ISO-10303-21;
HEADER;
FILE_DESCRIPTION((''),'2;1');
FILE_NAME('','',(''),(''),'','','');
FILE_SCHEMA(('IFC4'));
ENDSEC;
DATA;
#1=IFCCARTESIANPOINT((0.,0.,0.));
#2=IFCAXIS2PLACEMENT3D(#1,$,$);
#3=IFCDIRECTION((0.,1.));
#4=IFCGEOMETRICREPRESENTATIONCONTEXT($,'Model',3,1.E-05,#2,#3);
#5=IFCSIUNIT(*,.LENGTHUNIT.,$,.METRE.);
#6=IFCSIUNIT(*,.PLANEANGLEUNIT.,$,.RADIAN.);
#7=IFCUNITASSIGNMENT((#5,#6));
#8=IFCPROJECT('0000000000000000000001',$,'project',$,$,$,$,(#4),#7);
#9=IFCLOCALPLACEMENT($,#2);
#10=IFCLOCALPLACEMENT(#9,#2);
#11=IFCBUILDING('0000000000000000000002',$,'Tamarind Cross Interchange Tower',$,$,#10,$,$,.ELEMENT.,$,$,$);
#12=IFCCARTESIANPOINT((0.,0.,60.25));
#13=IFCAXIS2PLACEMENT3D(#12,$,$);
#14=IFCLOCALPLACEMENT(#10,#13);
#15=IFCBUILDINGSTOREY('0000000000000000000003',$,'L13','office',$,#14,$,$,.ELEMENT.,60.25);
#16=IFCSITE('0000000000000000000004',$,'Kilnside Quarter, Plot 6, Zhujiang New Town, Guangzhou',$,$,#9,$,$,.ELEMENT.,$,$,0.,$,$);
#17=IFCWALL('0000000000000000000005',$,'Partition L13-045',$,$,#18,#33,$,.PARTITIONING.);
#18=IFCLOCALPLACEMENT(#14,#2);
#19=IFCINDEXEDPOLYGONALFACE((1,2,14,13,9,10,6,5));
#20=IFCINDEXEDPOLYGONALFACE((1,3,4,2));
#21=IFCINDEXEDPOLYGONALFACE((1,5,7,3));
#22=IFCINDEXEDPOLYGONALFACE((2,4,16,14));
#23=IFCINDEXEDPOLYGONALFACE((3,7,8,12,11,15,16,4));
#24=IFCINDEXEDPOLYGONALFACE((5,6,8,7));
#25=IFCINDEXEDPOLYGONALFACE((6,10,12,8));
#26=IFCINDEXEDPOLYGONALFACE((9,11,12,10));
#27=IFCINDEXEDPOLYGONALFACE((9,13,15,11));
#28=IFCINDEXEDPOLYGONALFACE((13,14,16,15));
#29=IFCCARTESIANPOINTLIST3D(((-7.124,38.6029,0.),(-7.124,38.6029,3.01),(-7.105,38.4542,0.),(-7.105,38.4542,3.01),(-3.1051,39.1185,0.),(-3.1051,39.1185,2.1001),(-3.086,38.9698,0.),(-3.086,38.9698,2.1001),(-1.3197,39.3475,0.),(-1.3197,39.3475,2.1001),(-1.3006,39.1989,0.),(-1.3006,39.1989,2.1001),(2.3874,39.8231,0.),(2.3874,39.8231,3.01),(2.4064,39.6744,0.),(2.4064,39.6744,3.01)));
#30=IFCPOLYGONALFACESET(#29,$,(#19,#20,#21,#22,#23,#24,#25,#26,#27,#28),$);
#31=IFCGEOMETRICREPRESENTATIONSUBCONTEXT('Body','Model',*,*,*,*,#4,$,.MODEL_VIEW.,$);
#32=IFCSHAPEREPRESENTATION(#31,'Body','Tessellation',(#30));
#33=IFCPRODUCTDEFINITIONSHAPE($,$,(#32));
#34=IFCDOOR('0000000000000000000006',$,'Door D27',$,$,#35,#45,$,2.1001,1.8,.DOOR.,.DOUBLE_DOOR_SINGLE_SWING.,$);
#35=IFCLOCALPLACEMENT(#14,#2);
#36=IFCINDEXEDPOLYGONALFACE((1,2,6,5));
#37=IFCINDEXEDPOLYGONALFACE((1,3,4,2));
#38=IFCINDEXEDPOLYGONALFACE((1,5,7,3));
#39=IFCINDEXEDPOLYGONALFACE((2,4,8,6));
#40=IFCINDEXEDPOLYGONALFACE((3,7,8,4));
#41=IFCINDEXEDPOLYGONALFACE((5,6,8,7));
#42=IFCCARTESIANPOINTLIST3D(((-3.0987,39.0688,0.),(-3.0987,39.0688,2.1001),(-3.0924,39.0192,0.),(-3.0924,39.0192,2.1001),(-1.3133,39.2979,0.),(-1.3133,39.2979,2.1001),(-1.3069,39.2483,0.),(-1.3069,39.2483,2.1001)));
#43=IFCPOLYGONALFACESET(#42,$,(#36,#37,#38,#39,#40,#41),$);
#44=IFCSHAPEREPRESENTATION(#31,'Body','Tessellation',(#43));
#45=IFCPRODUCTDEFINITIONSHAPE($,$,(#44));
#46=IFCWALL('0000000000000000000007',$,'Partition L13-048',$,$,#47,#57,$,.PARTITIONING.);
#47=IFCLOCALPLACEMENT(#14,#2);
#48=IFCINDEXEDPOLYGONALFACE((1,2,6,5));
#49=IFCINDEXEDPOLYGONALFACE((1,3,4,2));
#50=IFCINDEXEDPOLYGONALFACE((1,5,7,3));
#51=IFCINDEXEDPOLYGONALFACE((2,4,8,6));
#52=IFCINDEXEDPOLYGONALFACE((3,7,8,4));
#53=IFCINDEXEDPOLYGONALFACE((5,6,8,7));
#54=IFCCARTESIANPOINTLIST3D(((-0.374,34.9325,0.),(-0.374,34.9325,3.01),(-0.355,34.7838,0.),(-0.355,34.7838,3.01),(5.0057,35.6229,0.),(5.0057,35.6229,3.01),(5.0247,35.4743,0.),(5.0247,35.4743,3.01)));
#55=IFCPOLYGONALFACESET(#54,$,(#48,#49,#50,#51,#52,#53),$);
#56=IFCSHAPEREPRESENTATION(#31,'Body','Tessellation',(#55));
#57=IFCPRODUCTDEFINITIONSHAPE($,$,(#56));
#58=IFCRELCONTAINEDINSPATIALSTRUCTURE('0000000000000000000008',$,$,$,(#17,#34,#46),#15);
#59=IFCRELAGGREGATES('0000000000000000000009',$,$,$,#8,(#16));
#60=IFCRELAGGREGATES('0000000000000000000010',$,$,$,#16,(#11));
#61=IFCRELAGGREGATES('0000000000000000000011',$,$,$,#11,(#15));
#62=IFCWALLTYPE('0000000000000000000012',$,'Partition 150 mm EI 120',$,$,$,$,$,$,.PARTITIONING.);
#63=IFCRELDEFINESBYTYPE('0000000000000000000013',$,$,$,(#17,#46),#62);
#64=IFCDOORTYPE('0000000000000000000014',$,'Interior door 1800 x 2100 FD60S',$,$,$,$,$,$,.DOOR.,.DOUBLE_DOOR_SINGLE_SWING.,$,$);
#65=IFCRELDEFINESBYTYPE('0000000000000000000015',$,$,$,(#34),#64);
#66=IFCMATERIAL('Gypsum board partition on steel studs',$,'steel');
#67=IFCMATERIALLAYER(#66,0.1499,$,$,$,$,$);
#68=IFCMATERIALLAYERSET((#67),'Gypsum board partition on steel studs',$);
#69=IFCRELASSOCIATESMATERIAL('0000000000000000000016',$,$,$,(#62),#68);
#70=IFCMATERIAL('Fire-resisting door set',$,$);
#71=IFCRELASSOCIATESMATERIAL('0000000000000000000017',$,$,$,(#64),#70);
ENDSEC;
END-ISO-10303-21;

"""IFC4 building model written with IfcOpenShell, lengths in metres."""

from ifc_helpers import new_model, si_unit, direction, frame, frame_2d, origin, place, context, subcontext, project, spatial, rectangle, extrude, material, layer, layer_set, type_object, element, fill, save


model = new_model("IFC4")

# Units and contexts
model_context = context("Model", 3, precision=1e-05, world=origin(), true_north=direction((0.0, 1.0)))
body_context = subcontext(model_context, "Body", "Model", "MODEL_VIEW")
ifc_project = project(units=[si_unit("LENGTHUNIT", "METRE"), si_unit("PLANEANGLEUNIT", "RADIAN")], contexts=[model_context])

# Site, building, storey
site_placement = place(None, origin())
site = spatial("IfcSite", under=ifc_project, at=site_placement, Name="Kilnside Quarter, Plot 6, Zhujiang New Town, Guangzhou", CompositionType="ELEMENT", RefElevation=0.0)
building_placement = place(site_placement, origin())
building = spatial("IfcBuilding", under=site, at=building_placement, Name="Tamarind Cross Interchange Tower", CompositionType="ELEMENT")
storey_placement = place(building_placement, frame((0.0, 0.0, 60.25)))
storey = spatial("IfcBuildingStorey", under=building, at=storey_placement, Name="L13", Description="office", CompositionType="ELEMENT", Elevation=60.25)

# Shared definitions
ifc_material_1 = material(Name="Gypsum board partition on steel studs", Category="steel")
ifc_layer_1 = layer(ifc_material_1, 0.1499)
ifc_layer_set_1 = layer_set([ifc_layer_1], Name="Gypsum board partition on steel studs")
wall_type_1 = type_object("IfcWallType", Name="Partition 150 mm EI 120", PredefinedType="PARTITIONING", material=ifc_layer_set_1)

# Shared definitions
ifc_material_2 = material(Name="Fire-resisting door set")
door_type_1 = type_object("IfcDoorType", Name="Interior door 1800 x 2100 FD60S", OperationType="DOUBLE_DOOR_SINGLE_SWING", PredefinedType="DOOR", material=ifc_material_2)

# Wall, opening, door
wall_1_placement = place(storey_placement, frame((-7.1145, 38.5286, 0.0), z_axis=(0.0, 0.0, 1.0), x_axis=(0.991871, 0.127246, 0.0)))
wall_1 = element("IfcWall", 1, at=wall_1_placement, inside=storey, type_object=wall_type_1, Name="Partition L13-045", PredefinedType="PARTITIONING", context=body_context, shape_type="SweptSolid", body=[
    extrude(rectangle(XDim=9.5894, YDim=0.1499, at=frame_2d((4.7947, 0.0))), origin(), (0.0, 0.0, 1.0), 3.01),
])
opening_1_placement = place(wall_1_placement, frame((4.052, 0.0, 0.0)))
opening_1 = element("IfcOpeningElement", 2, at=opening_1_placement, cuts=wall_1, PredefinedType="OPENING", context=body_context, shape_type="SweptSolid", body=[
    extrude(rectangle(XDim=1.8, YDim=2.1001, at=frame_2d((0.8999, 1.05))), frame((0.0, 0.085, 0.0), z_axis=(0.0, -1.0, 0.0), x_axis=(1.0, 0.0, 0.0)), (0.0, 0.0, 1.0), 0.1699),
])
door_1_placement = place(opening_1_placement, origin())
door_1 = element("IfcDoor", 3, at=door_1_placement, inside=storey, type_object=door_type_1, Name="Door D27", OperationType="DOUBLE_DOOR_SINGLE_SWING", OverallHeight=2.1001, OverallWidth=1.8, PredefinedType="DOOR", context=body_context, shape_type="SweptSolid", body=[
    extrude(rectangle(XDim=1.8, YDim=2.1001, at=frame_2d((0.8999, 1.05))), frame((0.0, 0.0249, 0.0), z_axis=(0.0, -1.0, 0.0), x_axis=(1.0, 0.0, 0.0)), (0.0, 0.0, 1.0), 0.05),
])
fill(opening_1, door_1)

# Wall
wall_2_placement = place(storey_placement, frame((-0.3645, 34.8582, 0.0), z_axis=(0.0, 0.0, 1.0), x_axis=(0.991865, 0.127297, 0.0)))
element("IfcWall", 4, at=wall_2_placement, inside=storey, type_object=wall_type_1, Name="Partition L13-048", PredefinedType="PARTITIONING", context=body_context, shape_type="SweptSolid", body=[
    extrude(rectangle(XDim=5.4238, YDim=0.1499, at=frame_2d((2.7119, 0.0))), origin(), (0.0, 0.0, 1.0), 3.01),
])

save(model, "model.ifc")
